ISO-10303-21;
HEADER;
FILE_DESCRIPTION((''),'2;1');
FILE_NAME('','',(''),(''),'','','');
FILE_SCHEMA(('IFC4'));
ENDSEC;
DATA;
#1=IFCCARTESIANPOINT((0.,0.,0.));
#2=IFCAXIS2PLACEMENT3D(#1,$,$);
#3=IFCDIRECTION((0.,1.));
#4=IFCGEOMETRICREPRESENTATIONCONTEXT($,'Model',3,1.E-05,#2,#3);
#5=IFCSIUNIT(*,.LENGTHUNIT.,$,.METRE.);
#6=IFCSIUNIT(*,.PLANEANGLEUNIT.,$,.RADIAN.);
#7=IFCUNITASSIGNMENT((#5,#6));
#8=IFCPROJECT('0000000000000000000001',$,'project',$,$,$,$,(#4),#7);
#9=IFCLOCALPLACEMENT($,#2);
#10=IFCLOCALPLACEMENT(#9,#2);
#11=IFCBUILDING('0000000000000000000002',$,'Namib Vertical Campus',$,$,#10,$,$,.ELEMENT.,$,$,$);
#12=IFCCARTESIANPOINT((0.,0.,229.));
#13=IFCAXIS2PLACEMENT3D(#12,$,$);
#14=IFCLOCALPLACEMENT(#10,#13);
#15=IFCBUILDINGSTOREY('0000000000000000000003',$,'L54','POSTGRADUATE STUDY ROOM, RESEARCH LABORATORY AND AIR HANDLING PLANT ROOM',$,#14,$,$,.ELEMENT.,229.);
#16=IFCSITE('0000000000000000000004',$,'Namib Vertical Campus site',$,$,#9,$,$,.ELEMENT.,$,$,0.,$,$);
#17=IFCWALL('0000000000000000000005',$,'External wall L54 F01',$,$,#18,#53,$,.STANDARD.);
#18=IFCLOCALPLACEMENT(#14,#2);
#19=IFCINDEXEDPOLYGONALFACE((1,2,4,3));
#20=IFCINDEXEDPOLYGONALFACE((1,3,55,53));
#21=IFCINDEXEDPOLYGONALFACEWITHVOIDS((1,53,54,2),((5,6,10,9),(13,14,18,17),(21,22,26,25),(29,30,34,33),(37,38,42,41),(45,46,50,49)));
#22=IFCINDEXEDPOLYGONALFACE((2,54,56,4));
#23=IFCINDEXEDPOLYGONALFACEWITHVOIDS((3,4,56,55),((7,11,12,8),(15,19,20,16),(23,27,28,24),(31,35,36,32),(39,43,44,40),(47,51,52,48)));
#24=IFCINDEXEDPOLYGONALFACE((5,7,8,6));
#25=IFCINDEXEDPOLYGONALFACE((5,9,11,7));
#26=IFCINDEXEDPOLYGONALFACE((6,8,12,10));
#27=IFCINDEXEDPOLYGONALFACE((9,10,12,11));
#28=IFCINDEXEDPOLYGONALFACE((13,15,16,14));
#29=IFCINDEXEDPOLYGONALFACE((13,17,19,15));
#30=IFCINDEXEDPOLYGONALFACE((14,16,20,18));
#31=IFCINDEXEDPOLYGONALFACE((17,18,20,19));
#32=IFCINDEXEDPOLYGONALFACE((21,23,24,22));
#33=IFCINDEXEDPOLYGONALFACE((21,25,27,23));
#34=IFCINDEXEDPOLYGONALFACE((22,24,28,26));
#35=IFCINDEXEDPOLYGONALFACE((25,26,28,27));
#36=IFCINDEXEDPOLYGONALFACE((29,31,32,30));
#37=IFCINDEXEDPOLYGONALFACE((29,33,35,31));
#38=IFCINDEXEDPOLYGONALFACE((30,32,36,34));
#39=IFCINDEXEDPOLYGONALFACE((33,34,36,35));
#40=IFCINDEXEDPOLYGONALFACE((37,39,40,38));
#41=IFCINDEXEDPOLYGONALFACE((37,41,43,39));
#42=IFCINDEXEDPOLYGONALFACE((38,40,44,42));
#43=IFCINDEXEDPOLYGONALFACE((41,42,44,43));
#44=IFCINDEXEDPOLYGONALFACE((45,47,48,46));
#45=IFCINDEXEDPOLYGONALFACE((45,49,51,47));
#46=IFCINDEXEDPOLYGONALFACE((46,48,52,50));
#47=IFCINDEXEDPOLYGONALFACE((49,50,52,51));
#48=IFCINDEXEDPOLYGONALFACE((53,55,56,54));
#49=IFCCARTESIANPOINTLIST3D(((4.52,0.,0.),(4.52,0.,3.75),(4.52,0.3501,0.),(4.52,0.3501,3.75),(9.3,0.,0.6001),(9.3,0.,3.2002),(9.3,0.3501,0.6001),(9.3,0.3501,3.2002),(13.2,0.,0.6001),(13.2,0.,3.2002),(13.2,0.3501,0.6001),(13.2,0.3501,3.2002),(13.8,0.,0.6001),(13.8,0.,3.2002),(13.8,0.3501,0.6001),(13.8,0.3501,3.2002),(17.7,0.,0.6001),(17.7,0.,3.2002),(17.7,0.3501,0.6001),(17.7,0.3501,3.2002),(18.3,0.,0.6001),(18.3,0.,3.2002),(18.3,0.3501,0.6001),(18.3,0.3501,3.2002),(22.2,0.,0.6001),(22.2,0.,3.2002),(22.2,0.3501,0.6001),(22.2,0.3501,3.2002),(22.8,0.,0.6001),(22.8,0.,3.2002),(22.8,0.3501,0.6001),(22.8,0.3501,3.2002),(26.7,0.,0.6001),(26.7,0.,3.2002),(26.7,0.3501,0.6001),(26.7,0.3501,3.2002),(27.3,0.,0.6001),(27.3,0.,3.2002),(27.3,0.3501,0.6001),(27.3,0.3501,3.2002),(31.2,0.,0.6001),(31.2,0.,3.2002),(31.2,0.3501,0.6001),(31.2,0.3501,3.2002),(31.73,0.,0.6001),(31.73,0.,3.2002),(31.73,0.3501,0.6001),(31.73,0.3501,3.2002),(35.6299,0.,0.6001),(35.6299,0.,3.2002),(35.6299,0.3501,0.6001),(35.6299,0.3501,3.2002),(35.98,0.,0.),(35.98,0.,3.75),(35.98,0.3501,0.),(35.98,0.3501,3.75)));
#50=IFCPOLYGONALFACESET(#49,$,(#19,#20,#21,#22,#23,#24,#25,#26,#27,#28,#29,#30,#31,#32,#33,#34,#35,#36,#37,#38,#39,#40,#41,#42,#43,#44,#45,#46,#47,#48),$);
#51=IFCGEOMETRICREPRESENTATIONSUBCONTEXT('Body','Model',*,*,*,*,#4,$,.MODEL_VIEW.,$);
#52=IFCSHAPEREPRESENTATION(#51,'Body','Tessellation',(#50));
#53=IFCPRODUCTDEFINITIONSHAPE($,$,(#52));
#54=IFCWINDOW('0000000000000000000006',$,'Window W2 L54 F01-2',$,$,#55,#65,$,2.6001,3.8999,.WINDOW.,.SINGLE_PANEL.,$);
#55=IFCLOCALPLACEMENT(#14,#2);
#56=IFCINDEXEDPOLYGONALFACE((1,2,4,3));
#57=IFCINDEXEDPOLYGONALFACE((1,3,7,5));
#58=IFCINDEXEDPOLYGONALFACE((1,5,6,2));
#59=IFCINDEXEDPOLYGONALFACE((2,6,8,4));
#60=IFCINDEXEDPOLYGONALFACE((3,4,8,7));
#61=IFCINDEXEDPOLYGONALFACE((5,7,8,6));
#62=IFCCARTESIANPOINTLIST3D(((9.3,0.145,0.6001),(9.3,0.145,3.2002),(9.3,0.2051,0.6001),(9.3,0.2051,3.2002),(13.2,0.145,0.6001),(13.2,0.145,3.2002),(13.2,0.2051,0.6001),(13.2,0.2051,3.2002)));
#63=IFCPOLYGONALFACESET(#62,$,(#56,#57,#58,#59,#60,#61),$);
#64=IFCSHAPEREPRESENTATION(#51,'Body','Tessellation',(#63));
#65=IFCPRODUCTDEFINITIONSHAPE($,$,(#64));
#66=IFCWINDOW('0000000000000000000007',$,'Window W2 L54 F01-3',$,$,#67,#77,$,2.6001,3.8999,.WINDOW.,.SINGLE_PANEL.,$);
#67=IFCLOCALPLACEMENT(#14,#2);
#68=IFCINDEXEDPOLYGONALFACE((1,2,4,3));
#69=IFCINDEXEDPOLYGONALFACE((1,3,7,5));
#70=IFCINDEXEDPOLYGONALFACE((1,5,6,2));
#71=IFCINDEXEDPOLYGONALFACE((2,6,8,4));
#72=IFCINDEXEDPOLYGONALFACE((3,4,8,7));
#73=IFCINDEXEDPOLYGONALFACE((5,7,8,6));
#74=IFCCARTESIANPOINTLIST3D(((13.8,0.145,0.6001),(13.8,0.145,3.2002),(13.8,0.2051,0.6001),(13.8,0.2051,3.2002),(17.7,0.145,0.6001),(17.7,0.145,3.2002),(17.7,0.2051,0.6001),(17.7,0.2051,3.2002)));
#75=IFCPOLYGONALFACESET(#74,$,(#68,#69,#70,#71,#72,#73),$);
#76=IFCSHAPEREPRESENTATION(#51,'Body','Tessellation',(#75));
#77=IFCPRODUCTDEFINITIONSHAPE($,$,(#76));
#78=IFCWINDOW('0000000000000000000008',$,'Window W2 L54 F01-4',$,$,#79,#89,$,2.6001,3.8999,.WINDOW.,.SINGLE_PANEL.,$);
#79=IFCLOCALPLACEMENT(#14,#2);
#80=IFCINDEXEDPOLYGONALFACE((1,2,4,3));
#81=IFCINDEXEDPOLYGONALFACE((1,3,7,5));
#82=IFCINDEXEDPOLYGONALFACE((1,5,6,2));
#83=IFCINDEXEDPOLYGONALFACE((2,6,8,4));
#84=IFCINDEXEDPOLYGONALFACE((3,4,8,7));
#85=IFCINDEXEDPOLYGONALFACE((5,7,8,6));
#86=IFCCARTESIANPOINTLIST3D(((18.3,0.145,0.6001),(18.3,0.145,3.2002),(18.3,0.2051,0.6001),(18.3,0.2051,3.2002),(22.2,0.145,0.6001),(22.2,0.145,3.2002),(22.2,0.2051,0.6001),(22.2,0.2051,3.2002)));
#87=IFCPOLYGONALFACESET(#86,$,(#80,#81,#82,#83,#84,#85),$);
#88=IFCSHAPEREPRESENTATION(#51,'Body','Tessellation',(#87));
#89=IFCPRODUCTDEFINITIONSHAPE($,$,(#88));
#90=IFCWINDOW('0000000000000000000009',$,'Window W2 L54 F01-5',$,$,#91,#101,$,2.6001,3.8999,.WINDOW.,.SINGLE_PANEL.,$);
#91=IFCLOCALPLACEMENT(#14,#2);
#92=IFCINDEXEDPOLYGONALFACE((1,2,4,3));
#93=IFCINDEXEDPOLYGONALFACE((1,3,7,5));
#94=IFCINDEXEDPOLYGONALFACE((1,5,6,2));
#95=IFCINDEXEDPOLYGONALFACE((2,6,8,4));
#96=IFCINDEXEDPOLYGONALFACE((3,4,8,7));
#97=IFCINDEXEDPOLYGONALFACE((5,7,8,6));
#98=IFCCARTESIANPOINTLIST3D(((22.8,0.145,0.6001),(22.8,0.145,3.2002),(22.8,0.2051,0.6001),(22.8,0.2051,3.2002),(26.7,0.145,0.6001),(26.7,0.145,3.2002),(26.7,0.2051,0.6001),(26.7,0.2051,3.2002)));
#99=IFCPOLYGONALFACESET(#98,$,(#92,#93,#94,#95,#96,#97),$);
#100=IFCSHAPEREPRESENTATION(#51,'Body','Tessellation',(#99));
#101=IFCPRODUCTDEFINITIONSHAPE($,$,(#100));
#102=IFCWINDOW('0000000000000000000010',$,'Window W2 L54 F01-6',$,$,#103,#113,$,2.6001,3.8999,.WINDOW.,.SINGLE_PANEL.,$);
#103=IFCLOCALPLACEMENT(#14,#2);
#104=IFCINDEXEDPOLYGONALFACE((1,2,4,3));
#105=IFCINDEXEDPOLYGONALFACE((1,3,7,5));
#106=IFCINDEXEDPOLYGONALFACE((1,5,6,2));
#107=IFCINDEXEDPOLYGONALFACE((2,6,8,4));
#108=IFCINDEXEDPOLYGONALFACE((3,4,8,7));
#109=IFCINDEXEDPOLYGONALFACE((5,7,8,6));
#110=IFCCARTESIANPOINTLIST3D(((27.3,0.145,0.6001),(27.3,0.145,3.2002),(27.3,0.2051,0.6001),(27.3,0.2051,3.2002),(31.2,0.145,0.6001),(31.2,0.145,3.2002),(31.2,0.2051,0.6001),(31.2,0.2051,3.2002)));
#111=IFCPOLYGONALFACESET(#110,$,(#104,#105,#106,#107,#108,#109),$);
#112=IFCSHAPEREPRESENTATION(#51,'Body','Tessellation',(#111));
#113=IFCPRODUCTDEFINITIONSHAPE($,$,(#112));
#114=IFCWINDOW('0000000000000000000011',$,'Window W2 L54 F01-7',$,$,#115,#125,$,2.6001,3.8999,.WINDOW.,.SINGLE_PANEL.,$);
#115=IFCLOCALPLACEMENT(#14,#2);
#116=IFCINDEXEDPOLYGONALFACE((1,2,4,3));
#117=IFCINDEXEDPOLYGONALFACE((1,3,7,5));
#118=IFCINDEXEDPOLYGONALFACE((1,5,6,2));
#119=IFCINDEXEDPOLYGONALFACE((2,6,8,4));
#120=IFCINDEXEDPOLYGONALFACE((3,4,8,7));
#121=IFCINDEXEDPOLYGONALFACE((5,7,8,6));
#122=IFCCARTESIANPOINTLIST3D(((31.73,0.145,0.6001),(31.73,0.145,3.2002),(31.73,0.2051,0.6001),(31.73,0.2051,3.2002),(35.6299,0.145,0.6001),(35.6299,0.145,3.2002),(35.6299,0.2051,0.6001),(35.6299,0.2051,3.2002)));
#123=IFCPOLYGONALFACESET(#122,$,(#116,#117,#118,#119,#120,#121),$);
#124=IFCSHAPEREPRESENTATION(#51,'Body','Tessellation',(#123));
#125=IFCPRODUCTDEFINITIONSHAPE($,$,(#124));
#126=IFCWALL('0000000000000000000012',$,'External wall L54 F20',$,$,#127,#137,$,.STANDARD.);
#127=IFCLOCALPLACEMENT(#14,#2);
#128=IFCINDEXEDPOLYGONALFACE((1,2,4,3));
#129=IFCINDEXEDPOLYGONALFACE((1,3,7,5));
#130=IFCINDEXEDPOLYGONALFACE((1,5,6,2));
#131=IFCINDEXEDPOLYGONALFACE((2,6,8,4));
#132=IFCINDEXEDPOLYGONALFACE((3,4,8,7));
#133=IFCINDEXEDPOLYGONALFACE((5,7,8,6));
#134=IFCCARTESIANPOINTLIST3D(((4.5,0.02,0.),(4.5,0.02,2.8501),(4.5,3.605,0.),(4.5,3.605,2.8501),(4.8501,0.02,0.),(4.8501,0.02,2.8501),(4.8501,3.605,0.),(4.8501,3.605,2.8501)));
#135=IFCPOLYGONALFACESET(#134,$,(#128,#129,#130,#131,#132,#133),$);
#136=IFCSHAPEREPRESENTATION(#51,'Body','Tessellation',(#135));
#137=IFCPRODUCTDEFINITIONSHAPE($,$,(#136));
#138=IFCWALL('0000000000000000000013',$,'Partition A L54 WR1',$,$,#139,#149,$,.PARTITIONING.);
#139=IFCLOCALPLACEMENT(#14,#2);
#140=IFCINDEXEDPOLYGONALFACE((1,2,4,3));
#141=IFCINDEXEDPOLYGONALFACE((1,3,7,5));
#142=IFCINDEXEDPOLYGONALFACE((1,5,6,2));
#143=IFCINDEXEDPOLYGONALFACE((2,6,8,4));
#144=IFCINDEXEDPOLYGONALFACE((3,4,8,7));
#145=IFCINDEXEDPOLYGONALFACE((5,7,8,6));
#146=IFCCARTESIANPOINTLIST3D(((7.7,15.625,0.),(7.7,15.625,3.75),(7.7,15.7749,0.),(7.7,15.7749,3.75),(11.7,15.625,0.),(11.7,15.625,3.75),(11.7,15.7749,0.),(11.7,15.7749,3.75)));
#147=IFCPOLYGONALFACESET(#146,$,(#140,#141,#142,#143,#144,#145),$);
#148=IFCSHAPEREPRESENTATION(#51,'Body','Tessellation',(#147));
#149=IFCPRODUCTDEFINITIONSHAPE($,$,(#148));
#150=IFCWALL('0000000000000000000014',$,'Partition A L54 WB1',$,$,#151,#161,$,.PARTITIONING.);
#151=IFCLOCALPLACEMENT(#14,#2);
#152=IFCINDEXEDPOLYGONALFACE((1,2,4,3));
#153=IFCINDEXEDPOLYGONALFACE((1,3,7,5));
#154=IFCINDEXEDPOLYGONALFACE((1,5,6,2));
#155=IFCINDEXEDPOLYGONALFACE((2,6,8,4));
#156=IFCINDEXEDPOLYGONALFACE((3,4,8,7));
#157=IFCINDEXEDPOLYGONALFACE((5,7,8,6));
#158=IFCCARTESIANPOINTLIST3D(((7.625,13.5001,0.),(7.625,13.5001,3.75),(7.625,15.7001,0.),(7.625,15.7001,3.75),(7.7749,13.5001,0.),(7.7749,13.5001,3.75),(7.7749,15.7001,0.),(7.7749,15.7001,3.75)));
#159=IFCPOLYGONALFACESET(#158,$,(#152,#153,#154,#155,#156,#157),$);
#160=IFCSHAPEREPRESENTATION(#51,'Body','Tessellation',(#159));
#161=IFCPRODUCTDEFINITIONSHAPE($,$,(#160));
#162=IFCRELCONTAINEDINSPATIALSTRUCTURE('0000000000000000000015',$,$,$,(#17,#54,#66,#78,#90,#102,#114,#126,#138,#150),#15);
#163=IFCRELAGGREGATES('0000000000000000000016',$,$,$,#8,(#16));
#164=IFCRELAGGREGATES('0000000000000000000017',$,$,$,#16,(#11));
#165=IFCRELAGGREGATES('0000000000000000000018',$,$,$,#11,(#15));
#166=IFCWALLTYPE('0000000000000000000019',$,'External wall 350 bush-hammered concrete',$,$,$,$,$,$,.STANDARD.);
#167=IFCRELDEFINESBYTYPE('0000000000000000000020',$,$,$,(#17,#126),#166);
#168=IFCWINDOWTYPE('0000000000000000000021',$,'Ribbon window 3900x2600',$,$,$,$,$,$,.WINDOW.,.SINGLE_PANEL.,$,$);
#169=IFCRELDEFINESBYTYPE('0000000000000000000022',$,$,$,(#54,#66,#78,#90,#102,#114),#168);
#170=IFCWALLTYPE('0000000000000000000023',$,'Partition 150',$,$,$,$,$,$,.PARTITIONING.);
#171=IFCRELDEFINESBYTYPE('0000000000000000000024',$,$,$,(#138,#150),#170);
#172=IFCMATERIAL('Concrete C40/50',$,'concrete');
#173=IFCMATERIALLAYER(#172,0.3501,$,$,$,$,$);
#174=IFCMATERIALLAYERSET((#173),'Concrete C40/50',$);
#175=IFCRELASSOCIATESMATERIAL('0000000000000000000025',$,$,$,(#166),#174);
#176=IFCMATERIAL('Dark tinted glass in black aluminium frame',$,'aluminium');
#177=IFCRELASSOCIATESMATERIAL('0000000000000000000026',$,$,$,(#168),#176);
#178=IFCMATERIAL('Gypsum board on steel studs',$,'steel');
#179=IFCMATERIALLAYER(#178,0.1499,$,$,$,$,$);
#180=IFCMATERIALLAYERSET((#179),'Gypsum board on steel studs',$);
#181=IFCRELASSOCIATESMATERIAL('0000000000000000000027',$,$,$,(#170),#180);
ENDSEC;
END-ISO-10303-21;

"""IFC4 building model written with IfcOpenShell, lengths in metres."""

from ifc_helpers import new_model, si_unit, direction, frame, frame_2d, origin, place, context, subcontext, project, spatial, rectangle, extrude, material, layer, layer_set, type_object, element, fill, save


model = new_model("IFC4")

# Units and contexts
model_context = context("Model", 3, precision=1e-05, world=origin(), true_north=direction((0.0, 1.0)))
body_context = subcontext(model_context, "Body", "Model", "MODEL_VIEW")
ifc_project = project(units=[si_unit("LENGTHUNIT", "METRE"), si_unit("PLANEANGLEUNIT", "RADIAN")], contexts=[model_context])

# Site, building, storey
site_placement = place(None, origin())
site = spatial("IfcSite", under=ifc_project, at=site_placement, Name="Namib Vertical Campus site", CompositionType="ELEMENT", RefElevation=0.0)
building_placement = place(site_placement, origin())
building = spatial("IfcBuilding", under=site, at=building_placement, Name="Namib Vertical Campus", CompositionType="ELEMENT")
storey_placement = place(building_placement, frame((0.0, 0.0, 229.0)))
storey = spatial("IfcBuildingStorey", under=building, at=storey_placement, Name="L54", Description="POSTGRADUATE STUDY ROOM, RESEARCH LABORATORY AND AIR HANDLING PLANT ROOM", CompositionType="ELEMENT", Elevation=229.0)

# Wall, openings, windows
ifc_material_1 = material(Name="Concrete C40/50", Category="concrete")
ifc_layer_1 = layer(ifc_material_1, 0.3501)
ifc_layer_set_1 = layer_set([ifc_layer_1], Name="Concrete C40/50")
wall_type_1 = type_object("IfcWallType", Name="External wall 350 bush-hammered concrete", PredefinedType="STANDARD", material=ifc_layer_set_1)
wall_1_placement = place(storey_placement, frame((4.52, 0.175, 0.0), z_axis=(0.0, 0.0, 1.0), x_axis=(1.0, 0.0, 0.0)))
wall_1 = element("IfcWall", 1, at=wall_1_placement, inside=storey, type_object=wall_type_1, Name="External wall L54 F01", PredefinedType="STANDARD", context=body_context, shape_type="SweptSolid", body=[
    extrude(rectangle(XDim=31.46, YDim=0.3501, at=frame_2d((15.73, 0.0))), origin(), (0.0, 0.0, 1.0), 3.75),
])
opening_1_placement = place(wall_1_placement, frame((4.78, 0.0, 0.6001)))
opening_1 = element("IfcOpeningElement", 2, at=opening_1_placement, cuts=wall_1, PredefinedType="OPENING", context=body_context, shape_type="SweptSolid", body=[
    extrude(rectangle(XDim=3.8999, YDim=2.6001, at=frame_2d((1.95, 1.3))), frame((0.0, 0.1851, 0.0), z_axis=(0.0, -1.0, 0.0), x_axis=(1.0, 0.0, 0.0)), (0.0, 0.0, 1.0), 0.3701),
])
opening_2_placement = place(wall_1_placement, frame((9.28, 0.0, 0.6001)))
opening_2 = element("IfcOpeningElement", 3, at=opening_2_placement, cuts=wall_1, PredefinedType="OPENING", context=body_context, shape_type="SweptSolid", body=[
    extrude(rectangle(XDim=3.8999, YDim=2.6001, at=frame_2d((1.95, 1.3))), frame((0.0, 0.1851, 0.0), z_axis=(0.0, -1.0, 0.0), x_axis=(1.0, 0.0, 0.0)), (0.0, 0.0, 1.0), 0.3701),
])
opening_3_placement = place(wall_1_placement, frame((13.78, 0.0, 0.6001)))
opening_3 = element("IfcOpeningElement", 4, at=opening_3_placement, cuts=wall_1, PredefinedType="OPENING", context=body_context, shape_type="SweptSolid", body=[
    extrude(rectangle(XDim=3.8999, YDim=2.6001, at=frame_2d((1.95, 1.3))), frame((0.0, 0.1851, 0.0), z_axis=(0.0, -1.0, 0.0), x_axis=(1.0, 0.0, 0.0)), (0.0, 0.0, 1.0), 0.3701),
])
opening_4_placement = place(wall_1_placement, frame((18.28, 0.0, 0.6001)))
opening_4 = element("IfcOpeningElement", 5, at=opening_4_placement, cuts=wall_1, PredefinedType="OPENING", context=body_context, shape_type="SweptSolid", body=[
    extrude(rectangle(XDim=3.8999, YDim=2.6001, at=frame_2d((1.95, 1.3))), frame((0.0, 0.1851, 0.0), z_axis=(0.0, -1.0, 0.0), x_axis=(1.0, 0.0, 0.0)), (0.0, 0.0, 1.0), 0.3701),
])
opening_5_placement = place(wall_1_placement, frame((22.78, 0.0, 0.6001)))
opening_5 = element("IfcOpeningElement", 6, at=opening_5_placement, cuts=wall_1, PredefinedType="OPENING", context=body_context, shape_type="SweptSolid", body=[
    extrude(rectangle(XDim=3.8999, YDim=2.6001, at=frame_2d((1.95, 1.3))), frame((0.0, 0.1851, 0.0), z_axis=(0.0, -1.0, 0.0), x_axis=(1.0, 0.0, 0.0)), (0.0, 0.0, 1.0), 0.3701),
])
opening_6_placement = place(wall_1_placement, frame((27.21, 0.0, 0.6001)))
opening_6 = element("IfcOpeningElement", 7, at=opening_6_placement, cuts=wall_1, PredefinedType="OPENING", context=body_context, shape_type="SweptSolid", body=[
    extrude(rectangle(XDim=3.8999, YDim=2.6001, at=frame_2d((1.95, 1.3))), frame((0.0, 0.1851, 0.0), z_axis=(0.0, -1.0, 0.0), x_axis=(1.0, 0.0, 0.0)), (0.0, 0.0, 1.0), 0.3701),
])
ifc_material_2 = material(Name="Dark tinted glass in black aluminium frame", Category="aluminium")
window_type = type_object("IfcWindowType", Name="Ribbon window 3900x2600", PartitioningType="SINGLE_PANEL", PredefinedType="WINDOW", material=ifc_material_2)
window_1_placement = place(opening_1_placement, origin())
window_1 = element("IfcWindow", 8, at=window_1_placement, inside=storey, type_object=window_type, Name="Window W2 L54 F01-2", OverallHeight=2.6001, OverallWidth=3.8999, PartitioningType="SINGLE_PANEL", PredefinedType="WINDOW", context=body_context, shape_type="SweptSolid", body=[
    extrude(rectangle(XDim=3.8999, YDim=2.6001, at=frame_2d((1.95, 1.3))), frame((0.0, 0.03, 0.0), z_axis=(0.0, -1.0, 0.0), x_axis=(1.0, 0.0, 0.0)), (0.0, 0.0, 1.0), 0.0601),
])
fill(opening_1, window_1)
window_2_placement = place(opening_2_placement, origin())
window_2 = element("IfcWindow", 9, at=window_2_placement, inside=storey, type_object=window_type, Name="Window W2 L54 F01-3", OverallHeight=2.6001, OverallWidth=3.8999, PartitioningType="SINGLE_PANEL", PredefinedType="WINDOW", context=body_context, shape_type="SweptSolid", body=[
    extrude(rectangle(XDim=3.8999, YDim=2.6001, at=frame_2d((1.95, 1.3))), frame((0.0, 0.03, 0.0), z_axis=(0.0, -1.0, 0.0), x_axis=(1.0, 0.0, 0.0)), (0.0, 0.0, 1.0), 0.0601),
])
fill(opening_2, window_2)
window_3_placement = place(opening_3_placement, origin())
window_3 = element("IfcWindow", 10, at=window_3_placement, inside=storey, type_object=window_type, Name="Window W2 L54 F01-4", OverallHeight=2.6001, OverallWidth=3.8999, PartitioningType="SINGLE_PANEL", PredefinedType="WINDOW", context=body_context, shape_type="SweptSolid", body=[
    extrude(rectangle(XDim=3.8999, YDim=2.6001, at=frame_2d((1.95, 1.3))), frame((0.0, 0.03, 0.0), z_axis=(0.0, -1.0, 0.0), x_axis=(1.0, 0.0, 0.0)), (0.0, 0.0, 1.0), 0.0601),
])
fill(opening_3, window_3)
window_4_placement = place(opening_4_placement, origin())
window_4 = element("IfcWindow", 11, at=window_4_placement, inside=storey, type_object=window_type, Name="Window W2 L54 F01-5", OverallHeight=2.6001, OverallWidth=3.8999, PartitioningType="SINGLE_PANEL", PredefinedType="WINDOW", context=body_context, shape_type="SweptSolid", body=[
    extrude(rectangle(XDim=3.8999, YDim=2.6001, at=frame_2d((1.95, 1.3))), frame((0.0, 0.03, 0.0), z_axis=(0.0, -1.0, 0.0), x_axis=(1.0, 0.0, 0.0)), (0.0, 0.0, 1.0), 0.0601),
])
fill(opening_4, window_4)
window_5_placement = place(opening_5_placement, origin())
window_5 = element("IfcWindow", 12, at=window_5_placement, inside=storey, type_object=window_type, Name="Window W2 L54 F01-6", OverallHeight=2.6001, OverallWidth=3.8999, PartitioningType="SINGLE_PANEL", PredefinedType="WINDOW", context=body_context, shape_type="SweptSolid", body=[
    extrude(rectangle(XDim=3.8999, YDim=2.6001, at=frame_2d((1.95, 1.3))), frame((0.0, 0.03, 0.0), z_axis=(0.0, -1.0, 0.0), x_axis=(1.0, 0.0, 0.0)), (0.0, 0.0, 1.0), 0.0601),
])
fill(opening_5, window_5)
window_6_placement = place(opening_6_placement, origin())
window_6 = element("IfcWindow", 13, at=window_6_placement, inside=storey, type_object=window_type, Name="Window W2 L54 F01-7", OverallHeight=2.6001, OverallWidth=3.8999, PartitioningType="SINGLE_PANEL", PredefinedType="WINDOW", context=body_context, shape_type="SweptSolid", body=[
    extrude(rectangle(XDim=3.8999, YDim=2.6001, at=frame_2d((1.95, 1.3))), frame((0.0, 0.03, 0.0), z_axis=(0.0, -1.0, 0.0), x_axis=(1.0, 0.0, 0.0)), (0.0, 0.0, 1.0), 0.0601),
])
fill(opening_6, window_6)

# Walls
wall_2_placement = place(storey_placement, frame((4.675, 3.605, 0.0), z_axis=(0.0, 0.0, 1.0), x_axis=(0.0, -1.0, 0.0)))
element("IfcWall", 14, at=wall_2_placement, inside=storey, type_object=wall_type_1, Name="External wall L54 F20", PredefinedType="STANDARD", context=body_context, shape_type="SweptSolid", body=[
    extrude(rectangle(XDim=3.585, YDim=0.3501, at=frame_2d((1.7925, 0.0))), origin(), (0.0, 0.0, 1.0), 2.8501),
])
ifc_material_3 = material(Name="Gypsum board on steel studs", Category="steel")
ifc_layer_2 = layer(ifc_material_3, 0.1499)
ifc_layer_set_2 = layer_set([ifc_layer_2], Name="Gypsum board on steel studs")
wall_type_2 = type_object("IfcWallType", Name="Partition 150", PredefinedType="PARTITIONING", material=ifc_layer_set_2)
wall_3_placement = place(storey_placement, frame((11.7, 15.7, 0.0), z_axis=(0.0, 0.0, 1.0), x_axis=(-1.0, 0.0, 0.0)))
element("IfcWall", 15, at=wall_3_placement, inside=storey, type_object=wall_type_2, Name="Partition A L54 WR1", PredefinedType="PARTITIONING", context=body_context, shape_type="SweptSolid", body=[
    extrude(rectangle(XDim=4.0, YDim=0.1499, at=frame_2d((2.0, 0.0))), origin(), (0.0, 0.0, 1.0), 3.75),
])
wall_4_placement = place(storey_placement, frame((7.7, 13.5, 0.0), z_axis=(0.0, 0.0, 1.0), x_axis=(0.0, 1.0, 0.0)))
element("IfcWall", 16, at=wall_4_placement, inside=storey, type_object=wall_type_2, Name="Partition A L54 WB1", PredefinedType="PARTITIONING", context=body_context, shape_type="SweptSolid", body=[
    extrude(rectangle(XDim=2.2, YDim=0.1499, at=frame_2d((1.1001, 0.0))), origin(), (0.0, 0.0, 1.0), 3.75),
])

save(model, "model.ifc")
